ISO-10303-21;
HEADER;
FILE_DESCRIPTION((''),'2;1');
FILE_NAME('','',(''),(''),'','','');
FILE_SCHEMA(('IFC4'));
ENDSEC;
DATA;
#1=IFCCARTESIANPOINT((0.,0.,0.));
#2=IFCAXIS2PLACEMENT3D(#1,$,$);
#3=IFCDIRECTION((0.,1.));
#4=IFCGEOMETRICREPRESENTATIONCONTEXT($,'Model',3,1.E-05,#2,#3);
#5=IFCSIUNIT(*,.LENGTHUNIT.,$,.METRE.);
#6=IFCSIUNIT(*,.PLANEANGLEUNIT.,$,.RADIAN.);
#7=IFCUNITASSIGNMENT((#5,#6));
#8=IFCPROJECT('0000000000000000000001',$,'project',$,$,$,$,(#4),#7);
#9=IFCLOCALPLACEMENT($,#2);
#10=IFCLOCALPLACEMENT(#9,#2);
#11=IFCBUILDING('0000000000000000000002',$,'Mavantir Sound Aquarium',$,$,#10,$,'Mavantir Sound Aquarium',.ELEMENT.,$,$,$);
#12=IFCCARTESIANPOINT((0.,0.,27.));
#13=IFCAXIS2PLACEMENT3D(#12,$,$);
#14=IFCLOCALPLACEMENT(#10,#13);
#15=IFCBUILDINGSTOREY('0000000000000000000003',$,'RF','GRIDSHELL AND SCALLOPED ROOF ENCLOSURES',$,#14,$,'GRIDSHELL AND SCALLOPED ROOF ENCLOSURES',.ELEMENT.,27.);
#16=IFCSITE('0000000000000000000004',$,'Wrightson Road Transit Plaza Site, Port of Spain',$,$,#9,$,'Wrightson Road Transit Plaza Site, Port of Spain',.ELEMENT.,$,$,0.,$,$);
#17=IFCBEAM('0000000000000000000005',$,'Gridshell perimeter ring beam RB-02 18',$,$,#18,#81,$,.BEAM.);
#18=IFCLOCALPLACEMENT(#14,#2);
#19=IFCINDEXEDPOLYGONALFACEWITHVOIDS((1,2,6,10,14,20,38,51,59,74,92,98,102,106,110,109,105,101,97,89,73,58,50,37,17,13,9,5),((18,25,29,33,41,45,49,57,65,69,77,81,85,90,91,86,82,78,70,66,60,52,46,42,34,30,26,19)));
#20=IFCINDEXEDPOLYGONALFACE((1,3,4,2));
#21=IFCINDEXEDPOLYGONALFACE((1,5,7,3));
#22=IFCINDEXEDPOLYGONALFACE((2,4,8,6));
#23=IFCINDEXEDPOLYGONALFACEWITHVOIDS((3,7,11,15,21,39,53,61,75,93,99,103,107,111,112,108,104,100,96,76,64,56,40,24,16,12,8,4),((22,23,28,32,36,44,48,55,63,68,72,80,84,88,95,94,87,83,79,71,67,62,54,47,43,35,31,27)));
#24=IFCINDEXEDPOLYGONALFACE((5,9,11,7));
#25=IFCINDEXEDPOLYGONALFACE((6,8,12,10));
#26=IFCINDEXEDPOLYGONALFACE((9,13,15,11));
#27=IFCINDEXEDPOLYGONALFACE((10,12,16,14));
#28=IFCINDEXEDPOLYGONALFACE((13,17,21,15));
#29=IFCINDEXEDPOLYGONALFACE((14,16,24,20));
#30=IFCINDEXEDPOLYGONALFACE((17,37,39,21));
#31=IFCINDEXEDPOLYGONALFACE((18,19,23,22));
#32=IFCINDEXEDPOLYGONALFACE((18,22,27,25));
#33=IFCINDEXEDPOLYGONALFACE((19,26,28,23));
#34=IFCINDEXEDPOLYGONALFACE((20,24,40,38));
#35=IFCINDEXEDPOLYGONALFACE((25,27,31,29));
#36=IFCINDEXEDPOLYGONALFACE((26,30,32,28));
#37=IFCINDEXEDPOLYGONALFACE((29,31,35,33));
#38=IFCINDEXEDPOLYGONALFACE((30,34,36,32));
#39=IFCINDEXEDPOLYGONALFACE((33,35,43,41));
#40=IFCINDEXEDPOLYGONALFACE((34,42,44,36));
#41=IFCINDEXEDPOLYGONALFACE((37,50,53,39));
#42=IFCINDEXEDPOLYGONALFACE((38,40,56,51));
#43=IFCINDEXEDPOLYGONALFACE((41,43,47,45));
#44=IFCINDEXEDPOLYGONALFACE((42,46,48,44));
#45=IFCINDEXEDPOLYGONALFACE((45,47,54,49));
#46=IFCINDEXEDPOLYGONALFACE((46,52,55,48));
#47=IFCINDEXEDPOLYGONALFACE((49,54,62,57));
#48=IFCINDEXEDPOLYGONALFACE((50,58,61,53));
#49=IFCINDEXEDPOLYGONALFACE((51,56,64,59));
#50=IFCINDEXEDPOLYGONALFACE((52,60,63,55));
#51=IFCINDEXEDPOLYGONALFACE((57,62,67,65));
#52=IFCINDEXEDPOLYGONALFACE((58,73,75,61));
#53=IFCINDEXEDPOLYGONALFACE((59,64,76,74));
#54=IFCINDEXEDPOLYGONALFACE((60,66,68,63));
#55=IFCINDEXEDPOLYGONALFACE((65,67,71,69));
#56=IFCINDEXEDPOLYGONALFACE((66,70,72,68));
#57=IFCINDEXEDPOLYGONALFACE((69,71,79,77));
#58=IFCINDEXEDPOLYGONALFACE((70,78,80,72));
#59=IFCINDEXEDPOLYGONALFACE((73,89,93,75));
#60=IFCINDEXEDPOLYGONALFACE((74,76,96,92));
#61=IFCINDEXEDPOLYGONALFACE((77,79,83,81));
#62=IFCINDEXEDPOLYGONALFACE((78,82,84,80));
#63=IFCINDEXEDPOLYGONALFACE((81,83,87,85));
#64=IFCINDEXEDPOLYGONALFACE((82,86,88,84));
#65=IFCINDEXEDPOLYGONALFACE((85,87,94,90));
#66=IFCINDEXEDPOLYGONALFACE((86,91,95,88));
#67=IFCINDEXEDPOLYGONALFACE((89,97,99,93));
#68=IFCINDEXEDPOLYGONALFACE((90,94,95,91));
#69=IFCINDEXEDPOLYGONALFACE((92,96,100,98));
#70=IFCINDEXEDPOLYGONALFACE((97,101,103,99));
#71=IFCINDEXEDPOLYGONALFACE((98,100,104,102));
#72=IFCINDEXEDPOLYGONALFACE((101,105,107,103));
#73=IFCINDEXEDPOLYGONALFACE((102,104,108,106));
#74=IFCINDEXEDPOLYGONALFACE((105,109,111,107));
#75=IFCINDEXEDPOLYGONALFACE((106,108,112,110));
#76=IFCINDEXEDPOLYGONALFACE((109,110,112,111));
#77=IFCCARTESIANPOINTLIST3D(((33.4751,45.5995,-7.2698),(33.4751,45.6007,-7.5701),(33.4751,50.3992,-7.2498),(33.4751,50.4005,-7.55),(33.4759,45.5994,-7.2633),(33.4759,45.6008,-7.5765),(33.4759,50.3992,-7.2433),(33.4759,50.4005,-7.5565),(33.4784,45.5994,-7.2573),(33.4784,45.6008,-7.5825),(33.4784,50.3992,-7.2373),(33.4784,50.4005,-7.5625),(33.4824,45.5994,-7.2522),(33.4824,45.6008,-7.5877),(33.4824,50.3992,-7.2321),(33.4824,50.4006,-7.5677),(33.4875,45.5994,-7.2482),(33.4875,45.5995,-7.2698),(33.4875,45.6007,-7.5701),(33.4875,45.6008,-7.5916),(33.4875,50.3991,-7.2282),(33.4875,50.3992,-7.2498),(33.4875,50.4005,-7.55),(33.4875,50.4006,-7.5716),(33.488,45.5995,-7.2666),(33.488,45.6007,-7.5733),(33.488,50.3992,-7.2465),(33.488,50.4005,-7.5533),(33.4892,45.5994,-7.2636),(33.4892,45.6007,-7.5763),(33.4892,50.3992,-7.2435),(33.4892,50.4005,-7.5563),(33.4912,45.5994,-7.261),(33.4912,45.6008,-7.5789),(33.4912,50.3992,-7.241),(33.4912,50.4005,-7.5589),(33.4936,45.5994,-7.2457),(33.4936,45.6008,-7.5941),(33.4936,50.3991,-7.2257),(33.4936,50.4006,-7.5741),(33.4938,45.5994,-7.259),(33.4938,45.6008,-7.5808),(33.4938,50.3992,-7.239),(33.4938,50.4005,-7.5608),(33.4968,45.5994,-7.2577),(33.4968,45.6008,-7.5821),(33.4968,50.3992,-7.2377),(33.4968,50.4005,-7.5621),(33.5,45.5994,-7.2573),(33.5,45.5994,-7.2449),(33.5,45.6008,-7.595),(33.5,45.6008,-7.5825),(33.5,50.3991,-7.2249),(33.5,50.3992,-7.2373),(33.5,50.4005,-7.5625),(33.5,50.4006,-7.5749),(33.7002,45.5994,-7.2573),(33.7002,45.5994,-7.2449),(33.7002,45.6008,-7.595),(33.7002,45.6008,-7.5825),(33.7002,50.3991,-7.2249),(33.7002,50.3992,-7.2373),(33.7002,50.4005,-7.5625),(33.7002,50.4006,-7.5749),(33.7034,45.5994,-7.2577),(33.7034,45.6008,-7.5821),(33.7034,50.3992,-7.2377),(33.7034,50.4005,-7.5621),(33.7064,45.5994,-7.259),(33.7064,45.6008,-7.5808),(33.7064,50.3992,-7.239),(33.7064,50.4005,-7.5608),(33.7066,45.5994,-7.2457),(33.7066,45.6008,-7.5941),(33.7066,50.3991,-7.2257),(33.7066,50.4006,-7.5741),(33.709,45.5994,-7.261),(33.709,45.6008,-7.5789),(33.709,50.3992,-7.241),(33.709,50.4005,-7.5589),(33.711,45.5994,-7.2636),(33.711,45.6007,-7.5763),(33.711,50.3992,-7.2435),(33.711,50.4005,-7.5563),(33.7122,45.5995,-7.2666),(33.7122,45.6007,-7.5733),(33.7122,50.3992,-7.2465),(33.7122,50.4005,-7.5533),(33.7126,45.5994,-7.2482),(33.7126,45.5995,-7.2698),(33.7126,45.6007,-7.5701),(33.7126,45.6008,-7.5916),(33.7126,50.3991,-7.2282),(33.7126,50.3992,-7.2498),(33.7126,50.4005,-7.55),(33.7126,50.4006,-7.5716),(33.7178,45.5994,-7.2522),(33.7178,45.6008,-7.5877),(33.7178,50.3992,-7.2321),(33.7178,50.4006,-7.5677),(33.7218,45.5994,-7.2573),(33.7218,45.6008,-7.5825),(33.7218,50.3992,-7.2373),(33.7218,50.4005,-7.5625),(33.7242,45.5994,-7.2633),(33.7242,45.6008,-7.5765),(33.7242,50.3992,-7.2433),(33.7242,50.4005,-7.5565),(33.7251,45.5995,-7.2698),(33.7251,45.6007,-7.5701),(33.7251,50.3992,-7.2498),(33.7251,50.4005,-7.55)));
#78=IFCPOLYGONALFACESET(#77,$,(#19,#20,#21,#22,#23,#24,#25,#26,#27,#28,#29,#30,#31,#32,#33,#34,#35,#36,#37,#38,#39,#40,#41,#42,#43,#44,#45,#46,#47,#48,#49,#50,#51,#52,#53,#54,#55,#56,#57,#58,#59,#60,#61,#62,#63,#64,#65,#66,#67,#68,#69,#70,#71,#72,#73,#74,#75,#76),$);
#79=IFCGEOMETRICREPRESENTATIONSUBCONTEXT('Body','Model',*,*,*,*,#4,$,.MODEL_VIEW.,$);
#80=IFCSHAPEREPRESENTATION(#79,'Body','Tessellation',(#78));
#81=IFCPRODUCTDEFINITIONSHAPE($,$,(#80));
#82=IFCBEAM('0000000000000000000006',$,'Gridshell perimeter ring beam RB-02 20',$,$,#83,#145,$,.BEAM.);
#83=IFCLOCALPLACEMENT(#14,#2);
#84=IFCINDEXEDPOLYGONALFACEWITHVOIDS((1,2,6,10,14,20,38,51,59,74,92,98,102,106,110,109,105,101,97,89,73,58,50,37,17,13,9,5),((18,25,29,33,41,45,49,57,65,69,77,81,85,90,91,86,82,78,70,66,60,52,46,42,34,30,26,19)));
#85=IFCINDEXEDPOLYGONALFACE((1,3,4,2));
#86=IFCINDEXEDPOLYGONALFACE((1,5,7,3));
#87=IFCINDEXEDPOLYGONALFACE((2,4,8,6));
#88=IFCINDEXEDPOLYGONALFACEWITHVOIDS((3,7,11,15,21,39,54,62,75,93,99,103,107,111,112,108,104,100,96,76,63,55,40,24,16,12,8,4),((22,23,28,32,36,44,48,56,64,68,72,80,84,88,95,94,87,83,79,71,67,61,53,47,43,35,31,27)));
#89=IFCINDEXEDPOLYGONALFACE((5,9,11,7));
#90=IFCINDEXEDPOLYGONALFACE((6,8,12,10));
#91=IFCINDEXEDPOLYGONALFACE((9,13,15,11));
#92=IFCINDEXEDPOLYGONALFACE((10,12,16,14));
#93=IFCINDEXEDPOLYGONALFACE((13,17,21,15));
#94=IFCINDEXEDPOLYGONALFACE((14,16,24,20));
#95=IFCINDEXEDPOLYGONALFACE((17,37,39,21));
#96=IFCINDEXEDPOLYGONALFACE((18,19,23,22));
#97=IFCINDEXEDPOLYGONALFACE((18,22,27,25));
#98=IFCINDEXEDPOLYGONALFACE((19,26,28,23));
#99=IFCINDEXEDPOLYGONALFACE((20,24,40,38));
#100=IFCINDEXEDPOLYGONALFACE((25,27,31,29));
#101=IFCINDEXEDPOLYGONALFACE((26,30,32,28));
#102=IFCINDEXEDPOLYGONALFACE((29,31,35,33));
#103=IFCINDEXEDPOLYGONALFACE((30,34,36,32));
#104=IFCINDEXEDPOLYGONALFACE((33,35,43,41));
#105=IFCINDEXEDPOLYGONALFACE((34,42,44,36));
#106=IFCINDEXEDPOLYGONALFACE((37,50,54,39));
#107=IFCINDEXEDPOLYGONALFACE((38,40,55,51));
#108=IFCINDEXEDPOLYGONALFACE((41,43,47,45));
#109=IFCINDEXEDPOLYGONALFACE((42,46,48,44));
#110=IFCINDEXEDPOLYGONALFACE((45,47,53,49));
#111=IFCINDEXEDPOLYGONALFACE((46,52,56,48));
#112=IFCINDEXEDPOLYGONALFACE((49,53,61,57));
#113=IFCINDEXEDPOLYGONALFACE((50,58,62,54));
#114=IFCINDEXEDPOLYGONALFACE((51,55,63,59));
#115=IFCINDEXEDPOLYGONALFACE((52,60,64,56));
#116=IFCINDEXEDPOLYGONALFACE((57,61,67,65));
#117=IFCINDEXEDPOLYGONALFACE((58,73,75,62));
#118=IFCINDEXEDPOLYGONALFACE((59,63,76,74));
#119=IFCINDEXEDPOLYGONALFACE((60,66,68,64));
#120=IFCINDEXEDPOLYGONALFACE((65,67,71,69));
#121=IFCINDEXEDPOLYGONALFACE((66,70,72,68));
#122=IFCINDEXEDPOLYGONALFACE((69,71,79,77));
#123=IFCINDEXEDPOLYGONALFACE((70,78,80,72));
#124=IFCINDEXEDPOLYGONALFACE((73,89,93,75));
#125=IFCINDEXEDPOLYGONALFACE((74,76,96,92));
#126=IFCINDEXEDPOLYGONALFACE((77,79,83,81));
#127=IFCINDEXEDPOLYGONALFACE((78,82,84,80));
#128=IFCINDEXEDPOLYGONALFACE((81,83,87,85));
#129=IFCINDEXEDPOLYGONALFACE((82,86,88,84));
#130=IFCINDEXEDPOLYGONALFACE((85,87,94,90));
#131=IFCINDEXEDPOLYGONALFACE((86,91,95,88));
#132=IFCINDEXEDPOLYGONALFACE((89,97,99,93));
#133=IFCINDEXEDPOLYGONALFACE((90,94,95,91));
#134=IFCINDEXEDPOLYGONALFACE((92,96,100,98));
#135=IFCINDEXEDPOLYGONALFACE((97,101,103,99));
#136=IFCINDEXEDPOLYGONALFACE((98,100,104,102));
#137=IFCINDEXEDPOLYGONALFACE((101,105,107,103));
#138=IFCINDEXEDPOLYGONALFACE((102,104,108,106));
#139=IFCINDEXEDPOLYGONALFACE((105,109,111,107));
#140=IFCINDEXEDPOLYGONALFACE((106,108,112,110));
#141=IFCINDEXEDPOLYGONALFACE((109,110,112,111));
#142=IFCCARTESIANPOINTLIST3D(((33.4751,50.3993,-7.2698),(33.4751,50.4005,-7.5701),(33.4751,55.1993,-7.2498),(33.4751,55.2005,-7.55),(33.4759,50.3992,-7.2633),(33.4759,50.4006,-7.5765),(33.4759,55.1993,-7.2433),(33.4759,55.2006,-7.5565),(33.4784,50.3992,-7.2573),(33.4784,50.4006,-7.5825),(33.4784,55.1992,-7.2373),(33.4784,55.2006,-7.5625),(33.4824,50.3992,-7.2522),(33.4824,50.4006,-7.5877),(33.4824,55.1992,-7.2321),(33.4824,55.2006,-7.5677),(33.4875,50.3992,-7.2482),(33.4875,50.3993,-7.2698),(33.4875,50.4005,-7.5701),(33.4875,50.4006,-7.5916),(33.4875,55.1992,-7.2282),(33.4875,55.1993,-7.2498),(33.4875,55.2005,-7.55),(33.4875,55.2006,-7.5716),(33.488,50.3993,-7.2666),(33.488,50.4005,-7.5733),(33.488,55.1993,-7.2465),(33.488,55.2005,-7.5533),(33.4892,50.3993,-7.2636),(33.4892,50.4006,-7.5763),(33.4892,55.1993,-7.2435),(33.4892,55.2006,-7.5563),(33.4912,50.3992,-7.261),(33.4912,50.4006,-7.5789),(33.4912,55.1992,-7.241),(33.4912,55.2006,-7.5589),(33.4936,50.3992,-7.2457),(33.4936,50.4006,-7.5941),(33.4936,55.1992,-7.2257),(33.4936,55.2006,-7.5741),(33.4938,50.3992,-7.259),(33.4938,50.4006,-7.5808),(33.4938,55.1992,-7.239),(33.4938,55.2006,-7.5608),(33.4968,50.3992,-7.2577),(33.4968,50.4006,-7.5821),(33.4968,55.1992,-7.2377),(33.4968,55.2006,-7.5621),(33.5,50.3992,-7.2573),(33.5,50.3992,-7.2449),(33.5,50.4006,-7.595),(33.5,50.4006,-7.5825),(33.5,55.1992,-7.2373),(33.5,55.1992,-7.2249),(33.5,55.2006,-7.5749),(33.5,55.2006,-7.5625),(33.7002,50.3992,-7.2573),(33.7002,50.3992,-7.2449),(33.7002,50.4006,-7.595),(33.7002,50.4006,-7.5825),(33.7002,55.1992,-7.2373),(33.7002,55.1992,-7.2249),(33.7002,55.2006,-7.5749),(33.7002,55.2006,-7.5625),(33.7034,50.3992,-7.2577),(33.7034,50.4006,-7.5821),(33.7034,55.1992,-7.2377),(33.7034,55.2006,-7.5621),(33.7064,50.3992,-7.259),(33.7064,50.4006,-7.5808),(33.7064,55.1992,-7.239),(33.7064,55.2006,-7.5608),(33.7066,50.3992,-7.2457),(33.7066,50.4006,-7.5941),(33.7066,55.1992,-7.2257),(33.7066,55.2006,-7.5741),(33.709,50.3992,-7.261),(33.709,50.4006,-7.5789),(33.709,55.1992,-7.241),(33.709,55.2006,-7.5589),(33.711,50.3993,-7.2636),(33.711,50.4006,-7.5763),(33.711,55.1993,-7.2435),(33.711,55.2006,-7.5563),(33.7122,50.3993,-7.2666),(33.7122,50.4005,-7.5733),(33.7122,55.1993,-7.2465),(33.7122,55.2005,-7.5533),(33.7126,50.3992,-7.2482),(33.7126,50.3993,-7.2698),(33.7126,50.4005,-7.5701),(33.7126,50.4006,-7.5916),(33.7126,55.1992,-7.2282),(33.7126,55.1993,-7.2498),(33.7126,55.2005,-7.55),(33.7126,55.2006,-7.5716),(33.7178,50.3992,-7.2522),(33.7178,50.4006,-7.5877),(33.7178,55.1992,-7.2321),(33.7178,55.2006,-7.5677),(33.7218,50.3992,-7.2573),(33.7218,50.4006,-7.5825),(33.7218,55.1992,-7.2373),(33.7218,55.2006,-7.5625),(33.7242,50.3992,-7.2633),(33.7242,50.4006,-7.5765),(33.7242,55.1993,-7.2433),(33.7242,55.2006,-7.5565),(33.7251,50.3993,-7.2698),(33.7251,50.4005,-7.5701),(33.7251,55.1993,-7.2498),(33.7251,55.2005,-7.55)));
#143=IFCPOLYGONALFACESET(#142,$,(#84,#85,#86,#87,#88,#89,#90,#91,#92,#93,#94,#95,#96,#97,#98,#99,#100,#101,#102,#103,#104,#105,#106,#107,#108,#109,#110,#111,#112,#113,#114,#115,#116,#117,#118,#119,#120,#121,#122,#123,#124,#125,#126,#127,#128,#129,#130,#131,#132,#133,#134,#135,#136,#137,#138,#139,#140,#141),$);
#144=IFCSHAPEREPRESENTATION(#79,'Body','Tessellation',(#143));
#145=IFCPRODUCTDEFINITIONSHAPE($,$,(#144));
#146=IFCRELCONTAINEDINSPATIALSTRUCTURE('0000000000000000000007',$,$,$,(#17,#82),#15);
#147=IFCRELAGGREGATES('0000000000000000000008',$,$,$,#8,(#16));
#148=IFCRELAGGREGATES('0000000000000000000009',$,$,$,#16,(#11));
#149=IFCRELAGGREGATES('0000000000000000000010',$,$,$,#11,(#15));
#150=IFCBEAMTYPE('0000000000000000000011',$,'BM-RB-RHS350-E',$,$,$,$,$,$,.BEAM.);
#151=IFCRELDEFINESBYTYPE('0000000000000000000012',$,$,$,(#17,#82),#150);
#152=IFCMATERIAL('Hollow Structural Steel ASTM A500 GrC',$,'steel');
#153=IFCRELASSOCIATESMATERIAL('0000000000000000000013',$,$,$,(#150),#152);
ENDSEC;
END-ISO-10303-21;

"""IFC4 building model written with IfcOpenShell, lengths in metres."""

from ifc_helpers import new_model, si_unit, direction, frame, origin, origin_2d, place, context, subcontext, project, spatial, hollow_rectangle, extrude, material, material_profile, profile_set, type_object, element, save


model = new_model("IFC4")

# Units and contexts
model_context = context("Model", 3, precision=1e-05, world=origin(), true_north=direction((0.0, 1.0)))
body_context = subcontext(model_context, "Body", "Model", "MODEL_VIEW")
ifc_project = project(units=[si_unit("LENGTHUNIT", "METRE"), si_unit("PLANEANGLEUNIT", "RADIAN")], contexts=[model_context])

# Site, building, storey
site_placement = place(None, origin())
site = spatial("IfcSite", under=ifc_project, at=site_placement, Name="Wrightson Road Transit Plaza Site, Port of Spain", LongName="Wrightson Road Transit Plaza Site, Port of Spain", CompositionType="ELEMENT", RefElevation=0.0)
building_placement = place(site_placement, origin())
building = spatial("IfcBuilding", under=site, at=building_placement, Name="Mavantir Sound Aquarium", LongName="Mavantir Sound Aquarium", CompositionType="ELEMENT")
storey_placement = place(building_placement, frame((0.0, 0.0, 27.0)))
storey = spatial("IfcBuildingStorey", under=building, at=storey_placement, Name="RF", Description="GRIDSHELL AND SCALLOPED ROOF ENCLOSURES", LongName="GRIDSHELL AND SCALLOPED ROOF ENCLOSURES", CompositionType="ELEMENT", Elevation=27.0)

# Beams
ifc_material_1 = material(Name="Hollow Structural Steel ASTM A500 GrC", Category="steel")
ifc_material_profile_1 = material_profile(ifc_material_1, hollow_rectangle(XDim=0.25, YDim=0.3501, WallThickness=0.0125, InnerFilletRadius=0.0125, OuterFilletRadius=0.0249, at=origin_2d()), Name="RHS 350X250X12.5")
ifc_profile_set_1 = profile_set([ifc_material_profile_1], Name="Hollow Structural Steel ASTM A500 GrC")
beam_type = type_object("IfcBeamType", Name="BM-RB-RHS350-E", PredefinedType="BEAM", material=ifc_profile_set_1)
beam_placement = place(storey_placement, frame((33.6001, 45.6001, -7.4199), z_axis=(0.0, 0.999991, 0.004171), x_axis=(-1.0, 0.0, 0.0)))
element("IfcBeam", 1, at=beam_placement, inside=storey, type_object=beam_type, Name="Gridshell perimeter ring beam RB-02 18", PredefinedType="BEAM", context=body_context, shape_type="SweptSolid", body=[
    extrude(hollow_rectangle(XDim=0.25, YDim=0.3501, WallThickness=0.0125, InnerFilletRadius=0.0125, OuterFilletRadius=0.0249, at=origin_2d()), origin(), (0.0, 0.0, 1.0), 4.7998),
])
for number, where, z_axis, x_axis, name in (
    (2, (33.6001, 50.3999, -7.4199), (0.0, 0.999991, 0.004171), (-1.0, 0.0, 0.0), "Gridshell perimeter ring beam RB-02 20"),
):
    element("IfcBeam", number, at=place(storey_placement, frame(where, z_axis=z_axis, x_axis=x_axis)), inside=storey, type_object=beam_type, Name=name, PredefinedType="BEAM", context=body_context, shape_type="SweptSolid", body=[
        extrude(hollow_rectangle(XDim=0.25, YDim=0.3501, WallThickness=0.0125, InnerFilletRadius=0.0125, OuterFilletRadius=0.0249, at=origin_2d()), origin(), (0.0, 0.0, 1.0), 4.8),
    ])

save(model, "model.ifc")
